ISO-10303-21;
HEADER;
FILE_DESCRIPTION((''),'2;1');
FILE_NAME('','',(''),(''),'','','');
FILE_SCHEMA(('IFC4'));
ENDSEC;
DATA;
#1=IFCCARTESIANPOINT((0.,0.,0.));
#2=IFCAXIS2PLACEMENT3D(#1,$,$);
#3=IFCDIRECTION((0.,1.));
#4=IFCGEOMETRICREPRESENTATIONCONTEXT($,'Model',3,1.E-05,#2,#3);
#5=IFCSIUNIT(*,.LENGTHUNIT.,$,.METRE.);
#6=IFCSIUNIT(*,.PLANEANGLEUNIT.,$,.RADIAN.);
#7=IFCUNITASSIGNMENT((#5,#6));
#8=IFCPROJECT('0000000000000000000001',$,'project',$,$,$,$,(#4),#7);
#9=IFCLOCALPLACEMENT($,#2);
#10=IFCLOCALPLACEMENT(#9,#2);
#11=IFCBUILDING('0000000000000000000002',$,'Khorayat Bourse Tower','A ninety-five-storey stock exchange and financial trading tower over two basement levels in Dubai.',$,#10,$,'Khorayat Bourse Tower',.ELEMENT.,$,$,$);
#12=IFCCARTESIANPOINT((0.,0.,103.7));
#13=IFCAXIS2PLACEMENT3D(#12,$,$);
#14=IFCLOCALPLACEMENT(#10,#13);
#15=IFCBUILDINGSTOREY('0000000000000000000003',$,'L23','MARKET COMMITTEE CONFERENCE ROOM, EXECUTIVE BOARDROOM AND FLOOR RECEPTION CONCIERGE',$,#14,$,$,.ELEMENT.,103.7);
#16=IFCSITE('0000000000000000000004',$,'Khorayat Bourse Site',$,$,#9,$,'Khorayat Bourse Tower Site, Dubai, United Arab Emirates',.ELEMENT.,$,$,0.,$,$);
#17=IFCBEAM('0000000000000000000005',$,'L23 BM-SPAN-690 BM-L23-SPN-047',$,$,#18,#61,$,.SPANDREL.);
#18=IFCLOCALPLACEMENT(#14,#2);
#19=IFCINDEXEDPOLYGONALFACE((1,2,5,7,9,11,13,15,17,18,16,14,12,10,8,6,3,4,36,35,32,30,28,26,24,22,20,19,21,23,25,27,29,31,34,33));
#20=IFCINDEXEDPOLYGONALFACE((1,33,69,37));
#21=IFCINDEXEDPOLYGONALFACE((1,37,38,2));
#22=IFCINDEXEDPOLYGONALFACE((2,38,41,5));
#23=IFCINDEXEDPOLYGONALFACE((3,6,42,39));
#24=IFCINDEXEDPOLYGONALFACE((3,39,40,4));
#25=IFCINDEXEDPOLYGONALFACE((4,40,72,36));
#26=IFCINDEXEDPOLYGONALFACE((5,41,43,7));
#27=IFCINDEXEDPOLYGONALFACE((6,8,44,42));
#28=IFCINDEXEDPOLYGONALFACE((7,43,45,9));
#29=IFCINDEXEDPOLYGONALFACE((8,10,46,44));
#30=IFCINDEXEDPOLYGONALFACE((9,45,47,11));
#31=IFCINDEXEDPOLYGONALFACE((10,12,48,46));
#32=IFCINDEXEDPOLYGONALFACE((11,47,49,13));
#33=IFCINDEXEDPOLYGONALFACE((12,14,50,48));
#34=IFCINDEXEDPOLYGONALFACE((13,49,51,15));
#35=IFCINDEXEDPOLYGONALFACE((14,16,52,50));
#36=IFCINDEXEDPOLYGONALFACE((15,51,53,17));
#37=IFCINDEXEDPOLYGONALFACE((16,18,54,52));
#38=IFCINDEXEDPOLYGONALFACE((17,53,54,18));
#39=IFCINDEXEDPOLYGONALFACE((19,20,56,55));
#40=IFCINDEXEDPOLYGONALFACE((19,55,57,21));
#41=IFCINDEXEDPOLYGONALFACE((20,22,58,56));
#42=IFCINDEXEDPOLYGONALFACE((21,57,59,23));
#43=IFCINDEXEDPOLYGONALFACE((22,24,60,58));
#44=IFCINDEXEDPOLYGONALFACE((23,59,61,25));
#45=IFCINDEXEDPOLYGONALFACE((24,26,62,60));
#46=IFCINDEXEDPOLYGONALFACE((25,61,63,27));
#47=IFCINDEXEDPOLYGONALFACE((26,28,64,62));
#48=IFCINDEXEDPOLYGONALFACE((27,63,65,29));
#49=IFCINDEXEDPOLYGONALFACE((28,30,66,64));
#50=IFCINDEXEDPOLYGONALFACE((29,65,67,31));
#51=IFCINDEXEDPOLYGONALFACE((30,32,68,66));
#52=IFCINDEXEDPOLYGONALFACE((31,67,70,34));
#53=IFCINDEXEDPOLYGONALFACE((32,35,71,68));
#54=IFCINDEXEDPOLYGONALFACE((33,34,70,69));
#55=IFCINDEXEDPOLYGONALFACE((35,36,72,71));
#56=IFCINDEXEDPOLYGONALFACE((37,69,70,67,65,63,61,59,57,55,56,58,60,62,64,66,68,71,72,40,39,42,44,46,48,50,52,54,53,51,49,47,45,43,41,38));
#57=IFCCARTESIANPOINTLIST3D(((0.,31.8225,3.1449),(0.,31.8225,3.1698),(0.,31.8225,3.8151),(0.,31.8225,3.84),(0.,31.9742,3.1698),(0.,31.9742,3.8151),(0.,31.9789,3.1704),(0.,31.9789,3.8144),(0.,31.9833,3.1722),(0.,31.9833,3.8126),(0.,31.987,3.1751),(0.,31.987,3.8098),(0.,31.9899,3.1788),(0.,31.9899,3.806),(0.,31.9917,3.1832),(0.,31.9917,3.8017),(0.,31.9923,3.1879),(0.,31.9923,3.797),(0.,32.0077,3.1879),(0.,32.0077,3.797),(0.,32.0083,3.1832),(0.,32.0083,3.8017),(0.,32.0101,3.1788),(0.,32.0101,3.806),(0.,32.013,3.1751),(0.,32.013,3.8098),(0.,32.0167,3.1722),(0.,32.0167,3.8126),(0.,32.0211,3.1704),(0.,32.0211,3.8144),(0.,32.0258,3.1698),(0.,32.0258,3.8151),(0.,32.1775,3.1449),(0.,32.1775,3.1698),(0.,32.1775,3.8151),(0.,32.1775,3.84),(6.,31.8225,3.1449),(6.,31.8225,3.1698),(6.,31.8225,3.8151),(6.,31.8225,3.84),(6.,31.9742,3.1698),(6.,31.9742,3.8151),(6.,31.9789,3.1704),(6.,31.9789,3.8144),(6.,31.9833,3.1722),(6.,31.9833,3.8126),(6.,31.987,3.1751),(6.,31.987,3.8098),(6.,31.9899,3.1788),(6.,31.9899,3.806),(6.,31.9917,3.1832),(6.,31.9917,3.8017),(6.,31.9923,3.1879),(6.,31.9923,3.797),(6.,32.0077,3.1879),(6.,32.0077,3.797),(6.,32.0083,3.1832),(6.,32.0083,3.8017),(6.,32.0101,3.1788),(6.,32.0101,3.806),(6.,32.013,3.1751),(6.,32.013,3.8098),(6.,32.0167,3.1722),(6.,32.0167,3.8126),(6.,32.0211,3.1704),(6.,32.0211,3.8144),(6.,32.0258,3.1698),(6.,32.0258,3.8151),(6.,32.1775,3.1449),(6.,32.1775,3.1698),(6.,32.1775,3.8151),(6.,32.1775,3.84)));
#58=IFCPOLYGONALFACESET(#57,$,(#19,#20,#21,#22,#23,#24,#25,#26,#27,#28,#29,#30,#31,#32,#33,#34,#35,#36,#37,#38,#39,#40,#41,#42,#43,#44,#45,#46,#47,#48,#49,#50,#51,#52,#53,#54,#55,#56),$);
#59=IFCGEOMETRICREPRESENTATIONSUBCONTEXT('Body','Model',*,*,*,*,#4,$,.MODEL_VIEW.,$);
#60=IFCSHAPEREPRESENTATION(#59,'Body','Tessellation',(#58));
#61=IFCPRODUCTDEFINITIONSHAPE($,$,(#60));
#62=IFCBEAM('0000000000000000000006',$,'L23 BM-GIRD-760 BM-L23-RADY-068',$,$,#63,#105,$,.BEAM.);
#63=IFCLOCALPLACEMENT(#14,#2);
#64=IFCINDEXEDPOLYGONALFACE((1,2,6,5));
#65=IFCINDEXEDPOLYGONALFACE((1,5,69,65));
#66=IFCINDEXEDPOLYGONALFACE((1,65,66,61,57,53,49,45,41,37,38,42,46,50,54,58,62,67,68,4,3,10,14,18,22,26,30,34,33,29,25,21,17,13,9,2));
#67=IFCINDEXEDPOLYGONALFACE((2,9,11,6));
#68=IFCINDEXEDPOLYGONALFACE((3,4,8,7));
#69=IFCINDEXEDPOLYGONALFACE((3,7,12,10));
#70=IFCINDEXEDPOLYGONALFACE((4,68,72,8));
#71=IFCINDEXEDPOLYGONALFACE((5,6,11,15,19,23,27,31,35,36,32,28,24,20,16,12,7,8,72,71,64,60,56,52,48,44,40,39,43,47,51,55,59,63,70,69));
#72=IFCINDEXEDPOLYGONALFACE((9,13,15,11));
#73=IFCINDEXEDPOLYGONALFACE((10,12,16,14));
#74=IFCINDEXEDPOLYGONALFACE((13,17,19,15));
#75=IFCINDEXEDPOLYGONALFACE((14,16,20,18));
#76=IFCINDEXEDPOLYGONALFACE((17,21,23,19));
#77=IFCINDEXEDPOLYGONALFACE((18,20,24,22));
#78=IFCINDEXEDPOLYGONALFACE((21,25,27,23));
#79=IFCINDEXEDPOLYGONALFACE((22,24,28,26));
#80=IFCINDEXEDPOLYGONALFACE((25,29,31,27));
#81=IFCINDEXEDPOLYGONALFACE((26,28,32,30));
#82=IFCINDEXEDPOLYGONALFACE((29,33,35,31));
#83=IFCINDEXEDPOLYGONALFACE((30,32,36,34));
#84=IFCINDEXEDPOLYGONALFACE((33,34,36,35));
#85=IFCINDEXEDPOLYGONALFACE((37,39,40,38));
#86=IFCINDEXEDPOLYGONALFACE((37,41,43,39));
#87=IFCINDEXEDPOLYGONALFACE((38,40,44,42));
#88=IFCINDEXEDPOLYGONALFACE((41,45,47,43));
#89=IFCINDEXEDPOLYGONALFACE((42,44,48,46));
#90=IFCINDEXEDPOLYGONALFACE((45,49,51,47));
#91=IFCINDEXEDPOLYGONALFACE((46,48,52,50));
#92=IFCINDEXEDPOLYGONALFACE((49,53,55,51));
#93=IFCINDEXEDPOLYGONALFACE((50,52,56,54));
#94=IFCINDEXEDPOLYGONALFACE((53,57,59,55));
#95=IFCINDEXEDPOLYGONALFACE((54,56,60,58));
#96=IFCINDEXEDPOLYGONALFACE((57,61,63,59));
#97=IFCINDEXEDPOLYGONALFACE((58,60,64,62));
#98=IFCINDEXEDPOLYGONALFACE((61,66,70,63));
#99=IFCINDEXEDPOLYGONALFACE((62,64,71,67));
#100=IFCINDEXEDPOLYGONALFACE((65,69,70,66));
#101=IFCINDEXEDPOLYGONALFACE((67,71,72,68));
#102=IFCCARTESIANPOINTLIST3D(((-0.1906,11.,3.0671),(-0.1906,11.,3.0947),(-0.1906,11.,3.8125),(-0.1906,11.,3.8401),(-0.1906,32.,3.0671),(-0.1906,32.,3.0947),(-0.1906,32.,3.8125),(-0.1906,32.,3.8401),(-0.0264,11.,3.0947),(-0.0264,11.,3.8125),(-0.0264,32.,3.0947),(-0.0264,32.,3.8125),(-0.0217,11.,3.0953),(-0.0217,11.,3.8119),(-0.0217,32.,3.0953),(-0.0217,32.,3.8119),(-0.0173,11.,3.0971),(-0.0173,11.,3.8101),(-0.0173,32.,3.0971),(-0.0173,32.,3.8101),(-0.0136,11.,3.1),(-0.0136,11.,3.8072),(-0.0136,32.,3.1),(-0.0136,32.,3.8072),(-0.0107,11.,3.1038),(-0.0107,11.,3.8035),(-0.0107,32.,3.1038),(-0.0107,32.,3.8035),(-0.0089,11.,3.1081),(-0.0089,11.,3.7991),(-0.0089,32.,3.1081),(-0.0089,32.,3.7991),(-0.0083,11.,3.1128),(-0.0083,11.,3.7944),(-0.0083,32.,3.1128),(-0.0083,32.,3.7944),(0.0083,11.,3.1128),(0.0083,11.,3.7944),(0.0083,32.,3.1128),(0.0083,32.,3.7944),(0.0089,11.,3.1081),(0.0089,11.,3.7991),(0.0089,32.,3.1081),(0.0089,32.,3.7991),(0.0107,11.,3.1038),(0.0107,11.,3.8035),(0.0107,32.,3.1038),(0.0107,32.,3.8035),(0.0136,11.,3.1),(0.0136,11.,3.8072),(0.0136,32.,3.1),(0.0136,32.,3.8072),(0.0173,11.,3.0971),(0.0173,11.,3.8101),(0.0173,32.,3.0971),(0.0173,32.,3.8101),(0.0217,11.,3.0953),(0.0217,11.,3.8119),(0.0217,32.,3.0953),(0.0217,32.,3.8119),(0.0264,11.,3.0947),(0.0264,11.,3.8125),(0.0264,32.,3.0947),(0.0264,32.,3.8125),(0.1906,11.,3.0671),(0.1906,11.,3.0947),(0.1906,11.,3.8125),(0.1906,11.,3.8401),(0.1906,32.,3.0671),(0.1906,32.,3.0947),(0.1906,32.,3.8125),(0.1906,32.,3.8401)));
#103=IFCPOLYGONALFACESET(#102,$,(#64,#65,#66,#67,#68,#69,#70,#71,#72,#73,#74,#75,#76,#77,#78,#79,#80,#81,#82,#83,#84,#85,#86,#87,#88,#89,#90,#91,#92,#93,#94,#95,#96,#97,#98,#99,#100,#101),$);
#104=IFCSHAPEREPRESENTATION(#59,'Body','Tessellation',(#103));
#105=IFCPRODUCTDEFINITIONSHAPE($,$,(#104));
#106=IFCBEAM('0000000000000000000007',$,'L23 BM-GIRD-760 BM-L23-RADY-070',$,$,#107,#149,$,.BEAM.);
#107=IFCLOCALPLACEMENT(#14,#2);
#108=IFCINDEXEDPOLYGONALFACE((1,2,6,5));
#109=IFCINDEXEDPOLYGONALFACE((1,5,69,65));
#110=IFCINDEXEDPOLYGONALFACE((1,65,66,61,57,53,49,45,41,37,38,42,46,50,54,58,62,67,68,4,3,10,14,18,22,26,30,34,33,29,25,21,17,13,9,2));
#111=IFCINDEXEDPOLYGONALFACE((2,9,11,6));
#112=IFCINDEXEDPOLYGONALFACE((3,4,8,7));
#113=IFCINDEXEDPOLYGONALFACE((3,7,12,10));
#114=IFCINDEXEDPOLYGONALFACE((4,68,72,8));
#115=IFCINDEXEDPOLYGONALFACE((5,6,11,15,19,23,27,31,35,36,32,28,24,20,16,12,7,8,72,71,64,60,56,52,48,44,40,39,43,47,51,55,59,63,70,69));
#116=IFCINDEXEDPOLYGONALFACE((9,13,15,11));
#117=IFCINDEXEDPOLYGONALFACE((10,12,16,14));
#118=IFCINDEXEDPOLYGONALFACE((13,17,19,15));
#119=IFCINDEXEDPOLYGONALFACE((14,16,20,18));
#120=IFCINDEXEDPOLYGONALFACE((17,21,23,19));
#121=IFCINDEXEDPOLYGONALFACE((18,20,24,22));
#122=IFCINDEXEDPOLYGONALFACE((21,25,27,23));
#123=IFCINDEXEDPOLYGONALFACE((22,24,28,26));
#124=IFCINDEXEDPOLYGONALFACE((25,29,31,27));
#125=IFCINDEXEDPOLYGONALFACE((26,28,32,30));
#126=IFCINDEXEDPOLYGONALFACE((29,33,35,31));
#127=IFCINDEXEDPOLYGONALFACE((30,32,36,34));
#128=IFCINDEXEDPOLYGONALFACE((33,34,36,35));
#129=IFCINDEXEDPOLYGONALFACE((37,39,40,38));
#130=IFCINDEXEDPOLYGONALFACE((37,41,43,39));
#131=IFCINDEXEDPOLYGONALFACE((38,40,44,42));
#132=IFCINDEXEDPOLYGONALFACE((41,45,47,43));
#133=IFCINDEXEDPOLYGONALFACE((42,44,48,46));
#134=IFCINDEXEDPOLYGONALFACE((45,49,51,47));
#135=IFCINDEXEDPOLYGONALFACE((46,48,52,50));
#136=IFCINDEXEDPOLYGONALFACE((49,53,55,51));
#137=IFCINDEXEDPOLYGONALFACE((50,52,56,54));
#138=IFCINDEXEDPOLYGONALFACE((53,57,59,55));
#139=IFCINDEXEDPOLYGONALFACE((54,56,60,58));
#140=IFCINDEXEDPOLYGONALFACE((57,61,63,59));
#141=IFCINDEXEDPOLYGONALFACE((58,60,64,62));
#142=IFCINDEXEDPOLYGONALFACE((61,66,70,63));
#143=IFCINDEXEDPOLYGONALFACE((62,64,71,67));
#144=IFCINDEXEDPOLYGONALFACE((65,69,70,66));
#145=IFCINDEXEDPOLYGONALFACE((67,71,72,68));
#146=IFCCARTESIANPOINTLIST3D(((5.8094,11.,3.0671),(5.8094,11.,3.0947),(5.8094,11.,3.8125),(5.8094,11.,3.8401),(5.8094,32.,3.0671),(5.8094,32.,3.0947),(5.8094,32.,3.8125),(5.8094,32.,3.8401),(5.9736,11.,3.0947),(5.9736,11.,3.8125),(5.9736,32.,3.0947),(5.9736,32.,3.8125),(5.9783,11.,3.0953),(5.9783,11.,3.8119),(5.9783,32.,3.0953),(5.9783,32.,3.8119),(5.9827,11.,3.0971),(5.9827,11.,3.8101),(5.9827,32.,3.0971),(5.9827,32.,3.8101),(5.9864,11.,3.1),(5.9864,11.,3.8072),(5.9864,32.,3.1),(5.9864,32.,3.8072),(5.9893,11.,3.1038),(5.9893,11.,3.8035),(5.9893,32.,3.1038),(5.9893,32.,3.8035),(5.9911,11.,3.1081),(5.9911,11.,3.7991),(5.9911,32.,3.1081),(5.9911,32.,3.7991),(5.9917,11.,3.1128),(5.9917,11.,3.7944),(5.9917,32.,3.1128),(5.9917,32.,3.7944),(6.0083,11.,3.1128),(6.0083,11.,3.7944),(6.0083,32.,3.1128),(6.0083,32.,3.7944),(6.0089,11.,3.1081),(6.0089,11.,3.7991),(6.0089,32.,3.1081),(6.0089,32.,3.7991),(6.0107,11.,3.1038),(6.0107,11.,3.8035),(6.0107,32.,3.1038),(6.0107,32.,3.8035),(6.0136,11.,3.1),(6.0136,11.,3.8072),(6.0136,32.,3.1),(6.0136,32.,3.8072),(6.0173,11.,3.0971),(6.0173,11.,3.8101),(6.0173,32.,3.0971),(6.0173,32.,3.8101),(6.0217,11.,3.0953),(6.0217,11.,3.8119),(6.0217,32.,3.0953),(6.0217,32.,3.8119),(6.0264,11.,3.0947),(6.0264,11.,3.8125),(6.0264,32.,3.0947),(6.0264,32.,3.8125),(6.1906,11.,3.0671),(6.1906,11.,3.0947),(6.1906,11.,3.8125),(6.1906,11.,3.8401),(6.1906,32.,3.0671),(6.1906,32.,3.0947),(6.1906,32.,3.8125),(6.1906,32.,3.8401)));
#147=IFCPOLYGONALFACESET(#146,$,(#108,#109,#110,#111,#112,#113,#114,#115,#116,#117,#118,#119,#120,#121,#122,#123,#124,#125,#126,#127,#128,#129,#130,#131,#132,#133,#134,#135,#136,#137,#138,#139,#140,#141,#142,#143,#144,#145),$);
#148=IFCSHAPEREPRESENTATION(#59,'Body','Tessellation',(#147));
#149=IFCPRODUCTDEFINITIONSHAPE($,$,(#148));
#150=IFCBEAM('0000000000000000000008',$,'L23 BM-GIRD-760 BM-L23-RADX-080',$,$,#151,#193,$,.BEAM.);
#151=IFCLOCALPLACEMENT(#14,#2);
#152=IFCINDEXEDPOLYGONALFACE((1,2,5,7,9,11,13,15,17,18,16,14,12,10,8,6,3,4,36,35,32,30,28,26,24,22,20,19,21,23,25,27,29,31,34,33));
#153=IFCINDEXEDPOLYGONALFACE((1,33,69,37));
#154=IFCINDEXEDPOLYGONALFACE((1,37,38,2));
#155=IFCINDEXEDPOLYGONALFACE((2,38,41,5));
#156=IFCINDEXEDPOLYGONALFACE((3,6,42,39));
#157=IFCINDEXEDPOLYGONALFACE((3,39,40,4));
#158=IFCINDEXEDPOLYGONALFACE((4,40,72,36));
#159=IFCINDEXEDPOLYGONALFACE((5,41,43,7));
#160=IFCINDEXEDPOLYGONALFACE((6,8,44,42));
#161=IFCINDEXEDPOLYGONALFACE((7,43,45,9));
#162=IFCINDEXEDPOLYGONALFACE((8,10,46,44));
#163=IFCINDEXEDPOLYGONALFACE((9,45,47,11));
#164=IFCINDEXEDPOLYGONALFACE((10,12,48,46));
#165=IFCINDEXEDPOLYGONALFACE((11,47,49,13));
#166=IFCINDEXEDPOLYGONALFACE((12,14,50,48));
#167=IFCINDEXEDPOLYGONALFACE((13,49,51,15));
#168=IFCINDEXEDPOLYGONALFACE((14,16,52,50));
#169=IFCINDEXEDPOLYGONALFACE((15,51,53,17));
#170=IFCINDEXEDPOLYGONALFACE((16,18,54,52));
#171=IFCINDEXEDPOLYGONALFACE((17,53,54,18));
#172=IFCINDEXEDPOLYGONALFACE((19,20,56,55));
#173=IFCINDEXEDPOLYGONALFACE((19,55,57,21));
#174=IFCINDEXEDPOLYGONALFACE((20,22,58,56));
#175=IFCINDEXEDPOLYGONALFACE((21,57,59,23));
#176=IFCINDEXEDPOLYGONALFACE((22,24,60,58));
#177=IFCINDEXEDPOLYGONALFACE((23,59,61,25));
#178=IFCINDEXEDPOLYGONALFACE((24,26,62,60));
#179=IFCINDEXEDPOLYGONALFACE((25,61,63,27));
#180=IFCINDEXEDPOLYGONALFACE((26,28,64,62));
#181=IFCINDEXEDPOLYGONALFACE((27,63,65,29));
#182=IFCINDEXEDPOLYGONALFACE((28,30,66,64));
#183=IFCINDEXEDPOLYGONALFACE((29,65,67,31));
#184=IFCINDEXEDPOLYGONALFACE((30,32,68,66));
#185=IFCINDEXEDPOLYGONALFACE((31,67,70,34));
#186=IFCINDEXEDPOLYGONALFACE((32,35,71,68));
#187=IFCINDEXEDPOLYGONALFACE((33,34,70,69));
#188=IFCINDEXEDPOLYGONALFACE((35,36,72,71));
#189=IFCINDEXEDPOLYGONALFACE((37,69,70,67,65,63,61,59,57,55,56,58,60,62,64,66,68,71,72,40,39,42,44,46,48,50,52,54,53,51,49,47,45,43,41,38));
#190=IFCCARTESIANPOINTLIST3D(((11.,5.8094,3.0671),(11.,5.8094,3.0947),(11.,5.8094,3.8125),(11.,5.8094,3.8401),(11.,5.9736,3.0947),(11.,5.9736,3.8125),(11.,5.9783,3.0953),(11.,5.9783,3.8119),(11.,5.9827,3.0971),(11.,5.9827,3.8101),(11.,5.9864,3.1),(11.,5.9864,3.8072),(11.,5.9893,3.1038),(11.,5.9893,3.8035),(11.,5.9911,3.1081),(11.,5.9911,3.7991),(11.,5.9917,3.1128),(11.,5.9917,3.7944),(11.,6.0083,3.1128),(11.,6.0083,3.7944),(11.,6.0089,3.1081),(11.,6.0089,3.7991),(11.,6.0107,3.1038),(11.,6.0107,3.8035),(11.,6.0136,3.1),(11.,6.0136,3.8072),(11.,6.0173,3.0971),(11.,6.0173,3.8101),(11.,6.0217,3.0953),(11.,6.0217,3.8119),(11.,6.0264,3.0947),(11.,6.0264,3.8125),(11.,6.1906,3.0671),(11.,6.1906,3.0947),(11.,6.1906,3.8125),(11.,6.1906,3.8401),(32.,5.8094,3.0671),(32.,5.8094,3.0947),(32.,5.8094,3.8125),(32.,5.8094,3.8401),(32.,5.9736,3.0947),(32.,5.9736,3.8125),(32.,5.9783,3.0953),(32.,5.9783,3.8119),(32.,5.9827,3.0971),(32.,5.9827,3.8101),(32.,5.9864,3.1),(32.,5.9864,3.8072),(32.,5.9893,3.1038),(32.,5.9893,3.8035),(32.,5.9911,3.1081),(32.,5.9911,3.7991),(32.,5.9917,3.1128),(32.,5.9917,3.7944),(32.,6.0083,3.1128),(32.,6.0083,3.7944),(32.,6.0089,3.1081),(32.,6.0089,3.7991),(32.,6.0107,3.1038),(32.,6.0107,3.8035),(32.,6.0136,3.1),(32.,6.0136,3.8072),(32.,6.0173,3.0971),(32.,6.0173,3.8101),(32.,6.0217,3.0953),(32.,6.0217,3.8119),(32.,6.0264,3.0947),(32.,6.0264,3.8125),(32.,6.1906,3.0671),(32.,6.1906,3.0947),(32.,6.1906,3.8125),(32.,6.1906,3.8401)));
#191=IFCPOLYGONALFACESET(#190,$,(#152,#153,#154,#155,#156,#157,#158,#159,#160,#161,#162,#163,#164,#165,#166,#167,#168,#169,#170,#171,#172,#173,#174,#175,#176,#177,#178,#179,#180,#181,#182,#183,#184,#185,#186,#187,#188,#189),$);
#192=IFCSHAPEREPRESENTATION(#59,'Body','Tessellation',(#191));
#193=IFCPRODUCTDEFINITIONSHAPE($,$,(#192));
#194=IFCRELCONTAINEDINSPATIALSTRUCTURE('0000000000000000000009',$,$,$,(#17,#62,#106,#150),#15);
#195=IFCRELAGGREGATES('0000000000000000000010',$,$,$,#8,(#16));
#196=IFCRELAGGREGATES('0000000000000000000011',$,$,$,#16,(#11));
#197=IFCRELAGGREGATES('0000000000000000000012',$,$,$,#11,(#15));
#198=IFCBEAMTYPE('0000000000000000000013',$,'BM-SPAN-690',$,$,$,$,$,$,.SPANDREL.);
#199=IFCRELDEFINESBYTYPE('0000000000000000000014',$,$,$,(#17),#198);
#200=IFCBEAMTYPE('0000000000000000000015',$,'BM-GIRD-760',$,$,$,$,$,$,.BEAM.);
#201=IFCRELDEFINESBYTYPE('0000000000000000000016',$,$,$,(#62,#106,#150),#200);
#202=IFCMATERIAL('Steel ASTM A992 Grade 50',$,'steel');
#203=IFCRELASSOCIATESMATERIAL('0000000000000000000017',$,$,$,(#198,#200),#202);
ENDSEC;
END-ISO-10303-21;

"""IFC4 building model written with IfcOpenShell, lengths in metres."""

from ifc_helpers import new_model, si_unit, direction, frame, origin, origin_2d, place, context, subcontext, project, spatial, i_section, extrude, source, transform, mapped, material, material_profile, profile_set, type_object, element, save


model = new_model("IFC4")

# Units and contexts
model_context = context("Model", 3, precision=1e-05, world=origin(), true_north=direction((0.0, 1.0)))
body_context = subcontext(model_context, "Body", "Model", "MODEL_VIEW")
ifc_project = project(units=[si_unit("LENGTHUNIT", "METRE"), si_unit("PLANEANGLEUNIT", "RADIAN")], contexts=[model_context])

# Site, building, storey
site_placement = place(None, origin())
site = spatial("IfcSite", under=ifc_project, at=site_placement, Name="Khorayat Bourse Site", LongName="Khorayat Bourse Tower Site, Dubai, United Arab Emirates", CompositionType="ELEMENT", RefElevation=0.0)
building_placement = place(site_placement, origin())
building = spatial("IfcBuilding", under=site, at=building_placement, Name="Khorayat Bourse Tower", Description="A ninety-five-storey stock exchange and financial trading tower over two basement levels in Dubai.", LongName="Khorayat Bourse Tower", CompositionType="ELEMENT")
storey_placement = place(building_placement, frame((0.0, 0.0, 103.7)))
storey = spatial("IfcBuildingStorey", under=building, at=storey_placement, Name="L23", Description="MARKET COMMITTEE CONFERENCE ROOM, EXECUTIVE BOARDROOM AND FLOOR RECEPTION CONCIERGE", CompositionType="ELEMENT", Elevation=103.7)

# Beams
ifc_material_1 = material(Name="Steel ASTM A992 Grade 50", Category="steel")
ifc_material_profile_1 = material_profile(ifc_material_1, i_section(OverallWidth=0.355, OverallDepth=0.6951, WebThickness=0.0154, FlangeThickness=0.0249, FilletRadius=0.0181, at=origin_2d()), Name="W690X217")
ifc_profile_set_1 = profile_set([ifc_material_profile_1], Name="Steel ASTM A992 Grade 50")
beam_type_1 = type_object("IfcBeamType", Name="BM-SPAN-690", PredefinedType="SPANDREL", material=ifc_profile_set_1)
shared_shape_1 = source(origin(), body_context, "Body", "SweptSolid", [
    extrude(i_section(OverallWidth=0.355, OverallDepth=0.6951, WebThickness=0.0154, FlangeThickness=0.0249, FilletRadius=0.0181, at=origin_2d()), origin(), (0.0, 0.0, 1.0), 6.0),
])
beam_1_placement = place(storey_placement, frame((0.0, 32.0, 3.4924), z_axis=(1.0, 0.0, 0.0), x_axis=(0.0, 1.0, 0.0)))
element("IfcBeam", 1, at=beam_1_placement, inside=storey, type_object=beam_type_1, Name="L23 BM-SPAN-690 BM-L23-SPN-047", PredefinedType="SPANDREL", context=body_context, shape_type="MappedRepresentation", body=[
    mapped(shared_shape_1, transform((0.0, 0.0, 0.0), scale=1.0)),
])
ifc_material_profile_2 = material_profile(ifc_material_1, i_section(OverallWidth=0.3811, OverallDepth=0.7729, WebThickness=0.0166, FlangeThickness=0.0276, FilletRadius=0.0181, at=origin_2d()), Name="W760X257")
ifc_profile_set_2 = profile_set([ifc_material_profile_2], Name="Steel ASTM A992 Grade 50")
beam_type_2 = type_object("IfcBeamType", Name="BM-GIRD-760", PredefinedType="BEAM", material=ifc_profile_set_2)
shared_shape_2 = source(origin(), body_context, "Body", "SweptSolid", [
    extrude(i_section(OverallWidth=0.3811, OverallDepth=0.7729, WebThickness=0.0166, FlangeThickness=0.0276, FilletRadius=0.0181, at=origin_2d()), origin(), (0.0, 0.0, 1.0), 21.0),
])
for number, where, z_axis, x_axis, name in (
    (2, (0.0, 11.0, 3.4536), (0.0, 1.0, 0.0), (-1.0, 0.0, 0.0), "L23 BM-GIRD-760 BM-L23-RADY-068"),
    (3, (6.0, 11.0, 3.4536), (0.0, 1.0, 0.0), (-1.0, 0.0, 0.0), "L23 BM-GIRD-760 BM-L23-RADY-070"),
    (4, (11.0, 6.0, 3.4536), (1.0, 0.0, 0.0), (0.0, 1.0, 0.0), "L23 BM-GIRD-760 BM-L23-RADX-080"),
):
    element("IfcBeam", number, at=place(storey_placement, frame(where, z_axis=z_axis, x_axis=x_axis)), inside=storey, type_object=beam_type_2, Name=name, PredefinedType="BEAM", context=body_context, shape_type="MappedRepresentation", body=[
        mapped(shared_shape_2, transform((0.0, 0.0, 0.0), scale=1.0)),
    ])

save(model, "model.ifc")
